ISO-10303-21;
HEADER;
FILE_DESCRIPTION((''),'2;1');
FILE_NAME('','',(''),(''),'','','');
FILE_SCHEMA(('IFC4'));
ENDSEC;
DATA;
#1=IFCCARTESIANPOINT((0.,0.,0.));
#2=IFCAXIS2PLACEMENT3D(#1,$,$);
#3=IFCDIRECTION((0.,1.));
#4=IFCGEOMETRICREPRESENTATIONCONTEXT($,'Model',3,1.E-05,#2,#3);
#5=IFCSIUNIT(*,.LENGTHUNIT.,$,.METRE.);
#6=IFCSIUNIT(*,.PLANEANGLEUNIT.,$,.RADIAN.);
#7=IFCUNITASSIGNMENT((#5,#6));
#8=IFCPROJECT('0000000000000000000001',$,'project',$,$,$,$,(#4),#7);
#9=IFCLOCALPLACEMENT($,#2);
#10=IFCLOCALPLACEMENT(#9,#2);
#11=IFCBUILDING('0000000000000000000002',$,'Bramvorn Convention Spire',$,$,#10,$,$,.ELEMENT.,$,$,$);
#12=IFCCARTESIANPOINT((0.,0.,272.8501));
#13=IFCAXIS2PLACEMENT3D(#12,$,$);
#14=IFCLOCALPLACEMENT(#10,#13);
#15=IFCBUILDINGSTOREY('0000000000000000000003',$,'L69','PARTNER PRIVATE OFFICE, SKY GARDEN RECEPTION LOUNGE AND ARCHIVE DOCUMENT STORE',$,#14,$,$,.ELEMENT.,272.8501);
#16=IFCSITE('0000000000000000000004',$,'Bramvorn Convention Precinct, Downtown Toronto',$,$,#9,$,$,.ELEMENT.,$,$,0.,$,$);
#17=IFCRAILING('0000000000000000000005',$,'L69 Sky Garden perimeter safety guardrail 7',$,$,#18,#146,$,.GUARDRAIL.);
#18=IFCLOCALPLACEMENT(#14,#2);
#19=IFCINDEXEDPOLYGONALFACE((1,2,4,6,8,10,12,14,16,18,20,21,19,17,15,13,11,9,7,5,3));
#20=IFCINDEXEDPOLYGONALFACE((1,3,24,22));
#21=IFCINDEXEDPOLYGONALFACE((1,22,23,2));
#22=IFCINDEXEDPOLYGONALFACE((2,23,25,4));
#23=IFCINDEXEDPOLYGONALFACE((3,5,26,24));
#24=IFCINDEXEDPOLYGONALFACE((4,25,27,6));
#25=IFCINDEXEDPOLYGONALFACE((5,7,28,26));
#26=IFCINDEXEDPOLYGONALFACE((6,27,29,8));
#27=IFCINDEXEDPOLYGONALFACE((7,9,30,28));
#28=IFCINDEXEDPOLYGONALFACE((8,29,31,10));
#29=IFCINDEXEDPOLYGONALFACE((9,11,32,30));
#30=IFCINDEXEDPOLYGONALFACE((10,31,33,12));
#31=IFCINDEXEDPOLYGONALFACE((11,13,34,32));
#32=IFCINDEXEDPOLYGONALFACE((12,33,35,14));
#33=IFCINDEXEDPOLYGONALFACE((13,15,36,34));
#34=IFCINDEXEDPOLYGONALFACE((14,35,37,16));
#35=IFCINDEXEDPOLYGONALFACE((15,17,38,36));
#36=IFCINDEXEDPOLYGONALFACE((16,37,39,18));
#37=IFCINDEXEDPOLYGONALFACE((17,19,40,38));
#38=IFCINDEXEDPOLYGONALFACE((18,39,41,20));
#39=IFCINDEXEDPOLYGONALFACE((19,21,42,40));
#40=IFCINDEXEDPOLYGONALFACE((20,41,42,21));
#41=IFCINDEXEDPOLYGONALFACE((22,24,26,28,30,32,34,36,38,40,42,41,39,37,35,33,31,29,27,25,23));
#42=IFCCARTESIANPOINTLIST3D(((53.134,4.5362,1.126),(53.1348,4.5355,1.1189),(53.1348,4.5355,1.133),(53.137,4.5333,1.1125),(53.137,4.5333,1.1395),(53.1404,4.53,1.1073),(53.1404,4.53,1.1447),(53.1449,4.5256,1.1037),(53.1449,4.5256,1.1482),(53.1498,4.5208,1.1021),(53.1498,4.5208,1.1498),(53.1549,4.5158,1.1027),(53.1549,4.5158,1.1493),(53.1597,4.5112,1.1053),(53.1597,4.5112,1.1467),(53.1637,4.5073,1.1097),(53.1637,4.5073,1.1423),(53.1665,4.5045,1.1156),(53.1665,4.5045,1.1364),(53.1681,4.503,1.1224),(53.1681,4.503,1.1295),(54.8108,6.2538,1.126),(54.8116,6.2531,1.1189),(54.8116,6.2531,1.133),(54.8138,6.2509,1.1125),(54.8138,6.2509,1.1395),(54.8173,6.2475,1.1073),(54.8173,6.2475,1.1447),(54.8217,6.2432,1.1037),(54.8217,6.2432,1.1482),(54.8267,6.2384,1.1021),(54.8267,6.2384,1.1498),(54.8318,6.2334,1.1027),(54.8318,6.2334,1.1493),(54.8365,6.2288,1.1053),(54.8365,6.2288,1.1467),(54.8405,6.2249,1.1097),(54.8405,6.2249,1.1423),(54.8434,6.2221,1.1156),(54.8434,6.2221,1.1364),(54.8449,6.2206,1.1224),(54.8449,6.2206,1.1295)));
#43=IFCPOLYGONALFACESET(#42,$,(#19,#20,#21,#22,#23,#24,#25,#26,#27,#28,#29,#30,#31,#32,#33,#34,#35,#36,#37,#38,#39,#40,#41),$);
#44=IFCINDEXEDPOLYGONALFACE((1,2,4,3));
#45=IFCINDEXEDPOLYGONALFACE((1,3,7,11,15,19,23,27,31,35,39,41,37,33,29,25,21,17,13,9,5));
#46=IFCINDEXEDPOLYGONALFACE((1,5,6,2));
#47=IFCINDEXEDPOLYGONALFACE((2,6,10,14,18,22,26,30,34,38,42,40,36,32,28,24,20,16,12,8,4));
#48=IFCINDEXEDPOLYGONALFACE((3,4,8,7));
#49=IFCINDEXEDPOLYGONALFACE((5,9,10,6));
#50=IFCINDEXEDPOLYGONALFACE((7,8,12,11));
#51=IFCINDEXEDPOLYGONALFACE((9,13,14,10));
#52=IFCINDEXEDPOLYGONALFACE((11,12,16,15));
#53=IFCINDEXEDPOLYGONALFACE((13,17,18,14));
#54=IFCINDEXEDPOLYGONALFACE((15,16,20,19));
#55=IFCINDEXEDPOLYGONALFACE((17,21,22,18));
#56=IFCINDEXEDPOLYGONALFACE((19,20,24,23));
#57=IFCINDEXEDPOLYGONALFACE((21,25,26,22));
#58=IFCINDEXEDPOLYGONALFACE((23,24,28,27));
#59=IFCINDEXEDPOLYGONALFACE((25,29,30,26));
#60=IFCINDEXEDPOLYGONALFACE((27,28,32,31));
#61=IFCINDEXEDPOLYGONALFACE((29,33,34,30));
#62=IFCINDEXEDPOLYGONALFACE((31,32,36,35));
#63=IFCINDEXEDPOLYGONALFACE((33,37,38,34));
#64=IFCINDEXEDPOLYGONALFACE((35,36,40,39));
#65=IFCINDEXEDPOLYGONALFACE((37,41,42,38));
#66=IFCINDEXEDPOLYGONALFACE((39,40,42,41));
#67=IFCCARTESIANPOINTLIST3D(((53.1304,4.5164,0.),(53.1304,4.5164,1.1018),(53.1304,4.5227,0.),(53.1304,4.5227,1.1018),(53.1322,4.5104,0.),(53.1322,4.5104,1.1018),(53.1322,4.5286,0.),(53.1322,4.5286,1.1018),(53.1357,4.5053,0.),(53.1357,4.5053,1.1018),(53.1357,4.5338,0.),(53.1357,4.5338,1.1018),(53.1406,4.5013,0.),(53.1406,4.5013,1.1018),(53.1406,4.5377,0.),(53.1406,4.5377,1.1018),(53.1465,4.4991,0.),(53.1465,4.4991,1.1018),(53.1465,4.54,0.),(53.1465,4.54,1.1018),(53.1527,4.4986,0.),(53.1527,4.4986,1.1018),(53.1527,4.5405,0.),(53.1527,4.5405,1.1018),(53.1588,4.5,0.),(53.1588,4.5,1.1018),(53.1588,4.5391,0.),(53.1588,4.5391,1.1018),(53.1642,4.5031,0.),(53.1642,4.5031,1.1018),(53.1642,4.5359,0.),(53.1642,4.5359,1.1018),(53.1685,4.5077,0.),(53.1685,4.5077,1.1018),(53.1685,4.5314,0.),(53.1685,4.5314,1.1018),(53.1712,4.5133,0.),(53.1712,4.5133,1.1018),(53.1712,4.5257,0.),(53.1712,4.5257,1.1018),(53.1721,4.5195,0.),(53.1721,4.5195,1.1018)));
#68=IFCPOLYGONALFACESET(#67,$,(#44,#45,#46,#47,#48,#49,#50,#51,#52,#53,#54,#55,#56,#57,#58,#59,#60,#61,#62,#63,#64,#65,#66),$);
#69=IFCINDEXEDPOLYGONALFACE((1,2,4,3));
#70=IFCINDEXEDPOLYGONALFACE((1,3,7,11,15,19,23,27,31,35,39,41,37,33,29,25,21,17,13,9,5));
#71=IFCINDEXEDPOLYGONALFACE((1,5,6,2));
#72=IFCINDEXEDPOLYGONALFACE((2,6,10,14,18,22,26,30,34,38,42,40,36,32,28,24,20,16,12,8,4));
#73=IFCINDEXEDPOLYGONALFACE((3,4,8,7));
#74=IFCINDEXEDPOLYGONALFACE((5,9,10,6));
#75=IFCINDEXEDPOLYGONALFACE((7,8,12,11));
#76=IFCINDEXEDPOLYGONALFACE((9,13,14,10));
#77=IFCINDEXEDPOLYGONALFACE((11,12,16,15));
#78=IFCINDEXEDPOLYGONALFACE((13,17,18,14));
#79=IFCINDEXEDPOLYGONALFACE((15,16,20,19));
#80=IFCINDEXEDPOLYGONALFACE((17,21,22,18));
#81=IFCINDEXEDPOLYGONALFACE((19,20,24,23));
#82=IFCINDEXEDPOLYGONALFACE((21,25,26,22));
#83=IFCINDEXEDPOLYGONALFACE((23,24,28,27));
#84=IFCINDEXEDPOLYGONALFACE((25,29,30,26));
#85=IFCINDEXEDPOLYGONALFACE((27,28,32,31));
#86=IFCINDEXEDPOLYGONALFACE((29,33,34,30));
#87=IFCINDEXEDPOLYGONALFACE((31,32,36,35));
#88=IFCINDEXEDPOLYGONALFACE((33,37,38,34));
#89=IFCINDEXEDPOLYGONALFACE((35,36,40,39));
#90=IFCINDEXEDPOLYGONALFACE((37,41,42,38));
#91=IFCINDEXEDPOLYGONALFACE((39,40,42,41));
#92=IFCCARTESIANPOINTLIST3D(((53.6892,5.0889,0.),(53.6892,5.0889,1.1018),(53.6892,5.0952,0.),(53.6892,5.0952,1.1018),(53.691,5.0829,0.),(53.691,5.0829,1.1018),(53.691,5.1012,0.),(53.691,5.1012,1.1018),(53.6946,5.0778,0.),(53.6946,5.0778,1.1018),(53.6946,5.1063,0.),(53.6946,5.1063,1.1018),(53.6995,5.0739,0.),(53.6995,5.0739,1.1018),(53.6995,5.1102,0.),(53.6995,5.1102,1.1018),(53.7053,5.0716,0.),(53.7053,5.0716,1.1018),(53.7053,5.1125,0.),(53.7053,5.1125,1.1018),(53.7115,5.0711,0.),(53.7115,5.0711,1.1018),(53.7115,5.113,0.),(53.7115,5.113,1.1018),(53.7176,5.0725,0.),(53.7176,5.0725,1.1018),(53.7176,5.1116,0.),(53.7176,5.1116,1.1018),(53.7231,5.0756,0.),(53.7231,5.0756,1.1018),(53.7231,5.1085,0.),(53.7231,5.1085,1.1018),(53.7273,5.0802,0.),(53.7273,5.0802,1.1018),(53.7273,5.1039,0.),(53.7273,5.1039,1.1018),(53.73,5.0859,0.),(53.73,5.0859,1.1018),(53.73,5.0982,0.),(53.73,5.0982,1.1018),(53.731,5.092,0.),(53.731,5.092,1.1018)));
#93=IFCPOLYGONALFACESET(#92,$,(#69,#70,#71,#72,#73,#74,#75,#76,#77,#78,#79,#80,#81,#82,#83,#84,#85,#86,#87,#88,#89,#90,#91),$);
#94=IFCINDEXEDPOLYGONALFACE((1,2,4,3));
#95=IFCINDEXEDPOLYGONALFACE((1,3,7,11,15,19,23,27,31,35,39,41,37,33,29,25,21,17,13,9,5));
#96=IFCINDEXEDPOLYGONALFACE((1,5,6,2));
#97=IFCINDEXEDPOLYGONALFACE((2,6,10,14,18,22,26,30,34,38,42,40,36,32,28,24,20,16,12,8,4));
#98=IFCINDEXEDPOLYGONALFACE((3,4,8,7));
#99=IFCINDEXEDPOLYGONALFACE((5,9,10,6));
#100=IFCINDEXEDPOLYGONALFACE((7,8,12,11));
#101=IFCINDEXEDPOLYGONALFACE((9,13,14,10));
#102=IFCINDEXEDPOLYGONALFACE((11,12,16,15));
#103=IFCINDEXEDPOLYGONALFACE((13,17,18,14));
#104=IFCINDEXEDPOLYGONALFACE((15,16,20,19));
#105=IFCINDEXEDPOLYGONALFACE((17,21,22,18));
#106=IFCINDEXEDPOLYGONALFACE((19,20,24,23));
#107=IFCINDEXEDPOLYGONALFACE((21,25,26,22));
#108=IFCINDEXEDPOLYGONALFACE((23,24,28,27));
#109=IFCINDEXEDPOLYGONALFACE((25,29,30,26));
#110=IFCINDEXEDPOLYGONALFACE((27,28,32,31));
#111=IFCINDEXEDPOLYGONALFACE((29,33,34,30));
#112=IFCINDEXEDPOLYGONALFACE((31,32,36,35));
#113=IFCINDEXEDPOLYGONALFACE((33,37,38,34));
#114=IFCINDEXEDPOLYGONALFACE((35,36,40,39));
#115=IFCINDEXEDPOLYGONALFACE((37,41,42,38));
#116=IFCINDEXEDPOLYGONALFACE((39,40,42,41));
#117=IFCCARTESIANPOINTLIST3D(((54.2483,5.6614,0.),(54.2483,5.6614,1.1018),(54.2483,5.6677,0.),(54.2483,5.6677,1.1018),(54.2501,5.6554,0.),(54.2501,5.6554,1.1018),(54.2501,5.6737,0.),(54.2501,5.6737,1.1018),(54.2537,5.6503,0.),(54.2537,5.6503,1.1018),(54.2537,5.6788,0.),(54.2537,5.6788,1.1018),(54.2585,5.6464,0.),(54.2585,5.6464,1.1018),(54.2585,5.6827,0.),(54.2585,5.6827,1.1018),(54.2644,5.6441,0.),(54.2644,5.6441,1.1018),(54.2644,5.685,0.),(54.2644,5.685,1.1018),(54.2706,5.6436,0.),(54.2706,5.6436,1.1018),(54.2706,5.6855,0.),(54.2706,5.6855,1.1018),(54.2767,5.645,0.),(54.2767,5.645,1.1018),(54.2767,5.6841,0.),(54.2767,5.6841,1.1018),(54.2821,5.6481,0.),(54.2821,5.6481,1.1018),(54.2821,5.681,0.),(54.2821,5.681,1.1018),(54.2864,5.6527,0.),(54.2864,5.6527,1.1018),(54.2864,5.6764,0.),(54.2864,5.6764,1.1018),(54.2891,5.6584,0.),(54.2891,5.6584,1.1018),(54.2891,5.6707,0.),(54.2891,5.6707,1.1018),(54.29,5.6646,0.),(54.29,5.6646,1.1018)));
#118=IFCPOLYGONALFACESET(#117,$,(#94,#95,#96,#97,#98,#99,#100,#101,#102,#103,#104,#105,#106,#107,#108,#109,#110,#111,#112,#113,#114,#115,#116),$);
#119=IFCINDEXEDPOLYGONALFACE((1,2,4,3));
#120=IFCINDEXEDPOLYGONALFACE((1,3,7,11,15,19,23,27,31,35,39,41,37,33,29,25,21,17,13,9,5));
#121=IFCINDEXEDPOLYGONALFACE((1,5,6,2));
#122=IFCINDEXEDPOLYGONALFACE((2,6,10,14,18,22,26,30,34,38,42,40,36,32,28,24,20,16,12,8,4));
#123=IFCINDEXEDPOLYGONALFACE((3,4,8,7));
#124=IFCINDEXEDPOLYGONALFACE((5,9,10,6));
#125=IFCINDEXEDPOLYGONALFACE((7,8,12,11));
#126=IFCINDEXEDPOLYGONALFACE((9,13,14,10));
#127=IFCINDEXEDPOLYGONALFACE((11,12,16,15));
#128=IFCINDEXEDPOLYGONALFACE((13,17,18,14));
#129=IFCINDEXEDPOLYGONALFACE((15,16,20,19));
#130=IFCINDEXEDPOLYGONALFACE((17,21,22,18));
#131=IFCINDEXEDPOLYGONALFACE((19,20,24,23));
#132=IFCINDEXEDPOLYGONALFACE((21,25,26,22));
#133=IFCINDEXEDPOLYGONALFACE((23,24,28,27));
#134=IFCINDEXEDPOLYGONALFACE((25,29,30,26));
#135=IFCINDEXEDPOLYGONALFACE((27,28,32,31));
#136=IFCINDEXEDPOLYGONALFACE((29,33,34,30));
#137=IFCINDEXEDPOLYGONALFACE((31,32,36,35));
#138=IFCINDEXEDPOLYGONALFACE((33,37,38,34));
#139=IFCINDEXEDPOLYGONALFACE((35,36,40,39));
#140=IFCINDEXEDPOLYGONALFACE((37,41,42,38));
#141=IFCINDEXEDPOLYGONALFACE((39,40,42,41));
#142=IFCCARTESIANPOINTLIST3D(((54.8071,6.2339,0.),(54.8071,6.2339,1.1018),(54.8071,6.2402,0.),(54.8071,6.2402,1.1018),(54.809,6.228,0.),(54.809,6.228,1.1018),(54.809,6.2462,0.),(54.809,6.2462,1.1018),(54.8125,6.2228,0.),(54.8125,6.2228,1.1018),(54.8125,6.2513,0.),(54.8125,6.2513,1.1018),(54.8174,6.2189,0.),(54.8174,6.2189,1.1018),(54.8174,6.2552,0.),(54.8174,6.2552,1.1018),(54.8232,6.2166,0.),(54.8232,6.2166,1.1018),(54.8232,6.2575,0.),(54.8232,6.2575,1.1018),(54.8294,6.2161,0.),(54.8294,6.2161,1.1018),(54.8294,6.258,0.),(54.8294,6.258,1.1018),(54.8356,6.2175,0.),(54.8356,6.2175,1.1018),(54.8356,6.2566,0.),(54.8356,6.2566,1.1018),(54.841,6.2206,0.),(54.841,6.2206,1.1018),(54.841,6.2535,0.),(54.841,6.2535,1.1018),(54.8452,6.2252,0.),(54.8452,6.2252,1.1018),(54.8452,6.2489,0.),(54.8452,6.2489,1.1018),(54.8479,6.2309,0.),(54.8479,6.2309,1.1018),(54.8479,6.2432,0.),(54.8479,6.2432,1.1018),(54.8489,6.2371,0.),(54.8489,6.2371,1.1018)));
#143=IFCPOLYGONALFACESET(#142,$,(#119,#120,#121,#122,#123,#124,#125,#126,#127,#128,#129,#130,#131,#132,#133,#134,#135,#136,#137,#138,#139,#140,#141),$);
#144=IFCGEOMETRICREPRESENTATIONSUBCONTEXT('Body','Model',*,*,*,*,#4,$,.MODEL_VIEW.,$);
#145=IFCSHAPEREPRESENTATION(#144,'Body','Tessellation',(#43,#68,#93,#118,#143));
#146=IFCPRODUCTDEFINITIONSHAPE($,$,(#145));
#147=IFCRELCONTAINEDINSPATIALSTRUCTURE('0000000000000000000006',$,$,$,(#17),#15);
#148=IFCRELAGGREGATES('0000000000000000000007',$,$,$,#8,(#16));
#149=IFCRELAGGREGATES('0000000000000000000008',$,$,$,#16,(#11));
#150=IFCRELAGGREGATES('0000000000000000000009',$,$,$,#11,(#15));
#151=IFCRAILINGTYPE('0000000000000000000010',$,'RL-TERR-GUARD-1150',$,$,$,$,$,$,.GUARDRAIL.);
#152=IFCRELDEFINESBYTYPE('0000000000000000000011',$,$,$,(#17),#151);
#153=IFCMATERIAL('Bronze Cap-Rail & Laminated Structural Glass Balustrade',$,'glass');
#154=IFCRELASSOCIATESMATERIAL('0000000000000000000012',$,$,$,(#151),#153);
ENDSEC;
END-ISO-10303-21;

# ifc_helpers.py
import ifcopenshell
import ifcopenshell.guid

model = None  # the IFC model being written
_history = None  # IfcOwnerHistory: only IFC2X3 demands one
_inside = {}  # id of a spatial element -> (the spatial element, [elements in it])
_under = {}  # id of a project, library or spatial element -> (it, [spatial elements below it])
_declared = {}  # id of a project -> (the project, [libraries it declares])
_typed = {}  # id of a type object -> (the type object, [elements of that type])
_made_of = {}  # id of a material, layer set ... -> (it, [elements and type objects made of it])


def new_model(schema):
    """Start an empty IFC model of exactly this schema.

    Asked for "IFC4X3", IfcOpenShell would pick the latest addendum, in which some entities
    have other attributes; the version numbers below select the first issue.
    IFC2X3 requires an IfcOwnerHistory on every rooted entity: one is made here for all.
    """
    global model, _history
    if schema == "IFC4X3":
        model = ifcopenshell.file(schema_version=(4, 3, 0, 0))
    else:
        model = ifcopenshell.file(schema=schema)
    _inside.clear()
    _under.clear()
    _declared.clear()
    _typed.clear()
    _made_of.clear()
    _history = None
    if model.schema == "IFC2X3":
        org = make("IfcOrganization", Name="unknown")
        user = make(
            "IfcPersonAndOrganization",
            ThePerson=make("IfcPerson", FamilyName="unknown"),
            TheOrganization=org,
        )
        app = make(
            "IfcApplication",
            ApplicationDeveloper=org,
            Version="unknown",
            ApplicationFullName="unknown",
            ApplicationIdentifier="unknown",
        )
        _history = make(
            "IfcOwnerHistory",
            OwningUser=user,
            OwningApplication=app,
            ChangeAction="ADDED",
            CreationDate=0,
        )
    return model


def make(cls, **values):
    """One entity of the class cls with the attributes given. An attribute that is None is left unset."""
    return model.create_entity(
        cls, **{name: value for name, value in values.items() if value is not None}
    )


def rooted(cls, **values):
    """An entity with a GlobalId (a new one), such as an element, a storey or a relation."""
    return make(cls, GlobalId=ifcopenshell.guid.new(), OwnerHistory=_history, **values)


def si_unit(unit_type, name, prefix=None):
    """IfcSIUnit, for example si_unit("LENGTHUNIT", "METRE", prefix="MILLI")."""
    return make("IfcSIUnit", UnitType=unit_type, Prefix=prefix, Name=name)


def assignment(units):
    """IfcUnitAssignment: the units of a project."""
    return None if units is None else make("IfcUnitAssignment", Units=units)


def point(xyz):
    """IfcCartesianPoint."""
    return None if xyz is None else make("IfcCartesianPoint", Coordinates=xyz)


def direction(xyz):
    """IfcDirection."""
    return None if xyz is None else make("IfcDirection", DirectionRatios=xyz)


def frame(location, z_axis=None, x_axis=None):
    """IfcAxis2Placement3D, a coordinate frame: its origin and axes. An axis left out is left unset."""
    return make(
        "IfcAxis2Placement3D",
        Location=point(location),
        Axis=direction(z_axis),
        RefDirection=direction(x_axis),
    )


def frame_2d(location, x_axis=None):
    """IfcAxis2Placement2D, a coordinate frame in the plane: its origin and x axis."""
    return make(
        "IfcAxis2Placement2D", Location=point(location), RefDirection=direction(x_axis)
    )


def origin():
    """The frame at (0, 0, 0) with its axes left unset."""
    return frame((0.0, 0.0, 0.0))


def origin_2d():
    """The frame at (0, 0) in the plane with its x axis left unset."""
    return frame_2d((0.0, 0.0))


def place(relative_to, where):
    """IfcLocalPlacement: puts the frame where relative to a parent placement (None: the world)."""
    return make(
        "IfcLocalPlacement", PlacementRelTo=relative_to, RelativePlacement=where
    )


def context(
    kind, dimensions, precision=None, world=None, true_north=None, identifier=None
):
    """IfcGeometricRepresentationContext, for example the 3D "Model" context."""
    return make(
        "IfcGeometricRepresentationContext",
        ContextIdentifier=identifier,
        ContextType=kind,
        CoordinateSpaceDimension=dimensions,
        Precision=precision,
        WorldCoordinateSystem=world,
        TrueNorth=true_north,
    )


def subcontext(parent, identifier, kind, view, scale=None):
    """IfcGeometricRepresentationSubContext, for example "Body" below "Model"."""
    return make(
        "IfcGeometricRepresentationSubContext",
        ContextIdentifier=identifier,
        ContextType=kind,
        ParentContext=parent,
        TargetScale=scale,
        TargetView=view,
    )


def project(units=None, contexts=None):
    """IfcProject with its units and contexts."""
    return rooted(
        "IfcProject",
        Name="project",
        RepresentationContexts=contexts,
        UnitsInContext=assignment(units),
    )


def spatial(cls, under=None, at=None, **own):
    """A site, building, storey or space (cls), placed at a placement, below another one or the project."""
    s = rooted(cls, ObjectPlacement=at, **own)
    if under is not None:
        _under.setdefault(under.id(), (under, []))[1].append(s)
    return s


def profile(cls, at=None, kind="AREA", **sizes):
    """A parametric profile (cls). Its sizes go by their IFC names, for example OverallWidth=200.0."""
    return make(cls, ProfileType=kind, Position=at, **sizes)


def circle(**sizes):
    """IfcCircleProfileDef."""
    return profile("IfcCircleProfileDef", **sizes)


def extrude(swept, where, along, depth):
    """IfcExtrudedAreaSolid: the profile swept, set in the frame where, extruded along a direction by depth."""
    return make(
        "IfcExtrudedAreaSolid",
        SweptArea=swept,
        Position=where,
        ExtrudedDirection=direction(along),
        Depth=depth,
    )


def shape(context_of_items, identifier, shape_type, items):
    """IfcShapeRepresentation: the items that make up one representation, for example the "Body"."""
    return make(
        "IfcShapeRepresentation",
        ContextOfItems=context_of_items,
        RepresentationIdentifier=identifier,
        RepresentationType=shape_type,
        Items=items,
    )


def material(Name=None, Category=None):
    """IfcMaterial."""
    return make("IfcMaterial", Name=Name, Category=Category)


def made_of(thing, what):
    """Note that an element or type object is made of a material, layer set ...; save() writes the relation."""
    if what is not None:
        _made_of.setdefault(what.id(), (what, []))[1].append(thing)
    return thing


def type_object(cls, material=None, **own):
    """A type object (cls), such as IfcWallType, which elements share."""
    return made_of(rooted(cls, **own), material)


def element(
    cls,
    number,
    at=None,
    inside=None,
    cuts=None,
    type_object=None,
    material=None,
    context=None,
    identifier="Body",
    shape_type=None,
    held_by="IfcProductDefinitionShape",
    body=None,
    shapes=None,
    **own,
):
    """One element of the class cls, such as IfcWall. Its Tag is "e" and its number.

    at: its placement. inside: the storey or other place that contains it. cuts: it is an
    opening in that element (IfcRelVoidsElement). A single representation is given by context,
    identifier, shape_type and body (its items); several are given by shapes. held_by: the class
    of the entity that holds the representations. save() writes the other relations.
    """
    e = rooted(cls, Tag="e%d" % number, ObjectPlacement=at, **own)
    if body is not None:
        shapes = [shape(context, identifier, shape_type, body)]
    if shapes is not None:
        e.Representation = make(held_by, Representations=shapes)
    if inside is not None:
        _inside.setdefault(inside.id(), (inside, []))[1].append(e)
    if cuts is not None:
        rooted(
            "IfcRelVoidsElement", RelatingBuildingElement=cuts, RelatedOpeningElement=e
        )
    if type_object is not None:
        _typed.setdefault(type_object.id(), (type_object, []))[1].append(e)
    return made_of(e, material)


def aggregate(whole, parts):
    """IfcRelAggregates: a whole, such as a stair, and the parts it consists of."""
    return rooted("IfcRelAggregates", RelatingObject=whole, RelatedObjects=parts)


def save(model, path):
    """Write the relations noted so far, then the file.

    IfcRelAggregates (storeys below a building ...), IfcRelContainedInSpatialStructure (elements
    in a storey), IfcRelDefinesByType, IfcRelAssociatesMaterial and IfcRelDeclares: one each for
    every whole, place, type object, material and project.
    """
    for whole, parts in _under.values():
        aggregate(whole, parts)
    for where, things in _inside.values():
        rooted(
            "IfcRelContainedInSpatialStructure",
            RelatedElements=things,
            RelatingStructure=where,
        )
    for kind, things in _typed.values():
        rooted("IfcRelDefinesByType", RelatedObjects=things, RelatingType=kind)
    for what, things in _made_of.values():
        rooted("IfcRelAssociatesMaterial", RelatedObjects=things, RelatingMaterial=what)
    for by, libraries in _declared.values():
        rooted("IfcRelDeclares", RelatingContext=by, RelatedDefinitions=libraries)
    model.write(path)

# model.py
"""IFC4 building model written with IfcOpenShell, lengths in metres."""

from ifc_helpers import new_model, si_unit, direction, frame, origin, origin_2d, place, context, subcontext, project, spatial, circle, extrude, material, type_object, element, save


model = new_model("IFC4")

# Units and contexts
model_context = context("Model", 3, precision=1e-05, world=origin(), true_north=direction((0.0, 1.0)))
body_context = subcontext(model_context, "Body", "Model", "MODEL_VIEW")
ifc_project = project(units=[si_unit("LENGTHUNIT", "METRE"), si_unit("PLANEANGLEUNIT", "RADIAN")], contexts=[model_context])

# Site, building, storey
site_placement = place(None, origin())
site = spatial("IfcSite", under=ifc_project, at=site_placement, Name="Bramvorn Convention Precinct, Downtown Toronto", CompositionType="ELEMENT", RefElevation=0.0)
building_placement = place(site_placement, origin())
building = spatial("IfcBuilding", under=site, at=building_placement, Name="Bramvorn Convention Spire", CompositionType="ELEMENT")
storey_placement = place(building_placement, frame((0.0, 0.0, 272.8501)))
storey = spatial("IfcBuildingStorey", under=building, at=storey_placement, Name="L69", Description="PARTNER PRIVATE OFFICE, SKY GARDEN RECEPTION LOUNGE AND ARCHIVE DOCUMENT STORE", CompositionType="ELEMENT", Elevation=272.8501)

# Railing
ifc_material_1 = material(Name="Bronze Cap-Rail & Laminated Structural Glass Balustrade", Category="glass")
railing_type = type_object("IfcRailingType", Name="RL-TERR-GUARD-1150", PredefinedType="GUARDRAIL", material=ifc_material_1)
railing_1_placement = place(storey_placement, frame((53.1511, 4.5195, 0.0)))
element("IfcRailing", 1, at=railing_1_placement, inside=storey, type_object=railing_type, Name="L69 Sky Garden perimeter safety guardrail 7", PredefinedType="GUARDRAIL", context=body_context, shape_type="SweptSolid", body=[
    extrude(circle(Radius=0.0239, at=origin_2d()), frame((0.0, 0.0, 1.126), z_axis=(0.698563, 0.715549, 0.0), x_axis=(-0.715549, 0.698563, 0.0)), (0.0, 0.0, 1.0), 2.4004),
    extrude(circle(Radius=0.021, at=origin_2d()), origin(), (0.0, 0.0, 1.0), 1.1018),
    extrude(circle(Radius=0.021, at=origin_2d()), frame((0.5588, 0.5725, 0.0)), (0.0, 0.0, 1.0), 1.1018),
    extrude(circle(Radius=0.021, at=origin_2d()), frame((1.1179, 1.145, 0.0)), (0.0, 0.0, 1.0), 1.1018),
    extrude(circle(Radius=0.021, at=origin_2d()), frame((1.6768, 1.7175, 0.0)), (0.0, 0.0, 1.0), 1.1018),
])

save(model, "model.ifc")
